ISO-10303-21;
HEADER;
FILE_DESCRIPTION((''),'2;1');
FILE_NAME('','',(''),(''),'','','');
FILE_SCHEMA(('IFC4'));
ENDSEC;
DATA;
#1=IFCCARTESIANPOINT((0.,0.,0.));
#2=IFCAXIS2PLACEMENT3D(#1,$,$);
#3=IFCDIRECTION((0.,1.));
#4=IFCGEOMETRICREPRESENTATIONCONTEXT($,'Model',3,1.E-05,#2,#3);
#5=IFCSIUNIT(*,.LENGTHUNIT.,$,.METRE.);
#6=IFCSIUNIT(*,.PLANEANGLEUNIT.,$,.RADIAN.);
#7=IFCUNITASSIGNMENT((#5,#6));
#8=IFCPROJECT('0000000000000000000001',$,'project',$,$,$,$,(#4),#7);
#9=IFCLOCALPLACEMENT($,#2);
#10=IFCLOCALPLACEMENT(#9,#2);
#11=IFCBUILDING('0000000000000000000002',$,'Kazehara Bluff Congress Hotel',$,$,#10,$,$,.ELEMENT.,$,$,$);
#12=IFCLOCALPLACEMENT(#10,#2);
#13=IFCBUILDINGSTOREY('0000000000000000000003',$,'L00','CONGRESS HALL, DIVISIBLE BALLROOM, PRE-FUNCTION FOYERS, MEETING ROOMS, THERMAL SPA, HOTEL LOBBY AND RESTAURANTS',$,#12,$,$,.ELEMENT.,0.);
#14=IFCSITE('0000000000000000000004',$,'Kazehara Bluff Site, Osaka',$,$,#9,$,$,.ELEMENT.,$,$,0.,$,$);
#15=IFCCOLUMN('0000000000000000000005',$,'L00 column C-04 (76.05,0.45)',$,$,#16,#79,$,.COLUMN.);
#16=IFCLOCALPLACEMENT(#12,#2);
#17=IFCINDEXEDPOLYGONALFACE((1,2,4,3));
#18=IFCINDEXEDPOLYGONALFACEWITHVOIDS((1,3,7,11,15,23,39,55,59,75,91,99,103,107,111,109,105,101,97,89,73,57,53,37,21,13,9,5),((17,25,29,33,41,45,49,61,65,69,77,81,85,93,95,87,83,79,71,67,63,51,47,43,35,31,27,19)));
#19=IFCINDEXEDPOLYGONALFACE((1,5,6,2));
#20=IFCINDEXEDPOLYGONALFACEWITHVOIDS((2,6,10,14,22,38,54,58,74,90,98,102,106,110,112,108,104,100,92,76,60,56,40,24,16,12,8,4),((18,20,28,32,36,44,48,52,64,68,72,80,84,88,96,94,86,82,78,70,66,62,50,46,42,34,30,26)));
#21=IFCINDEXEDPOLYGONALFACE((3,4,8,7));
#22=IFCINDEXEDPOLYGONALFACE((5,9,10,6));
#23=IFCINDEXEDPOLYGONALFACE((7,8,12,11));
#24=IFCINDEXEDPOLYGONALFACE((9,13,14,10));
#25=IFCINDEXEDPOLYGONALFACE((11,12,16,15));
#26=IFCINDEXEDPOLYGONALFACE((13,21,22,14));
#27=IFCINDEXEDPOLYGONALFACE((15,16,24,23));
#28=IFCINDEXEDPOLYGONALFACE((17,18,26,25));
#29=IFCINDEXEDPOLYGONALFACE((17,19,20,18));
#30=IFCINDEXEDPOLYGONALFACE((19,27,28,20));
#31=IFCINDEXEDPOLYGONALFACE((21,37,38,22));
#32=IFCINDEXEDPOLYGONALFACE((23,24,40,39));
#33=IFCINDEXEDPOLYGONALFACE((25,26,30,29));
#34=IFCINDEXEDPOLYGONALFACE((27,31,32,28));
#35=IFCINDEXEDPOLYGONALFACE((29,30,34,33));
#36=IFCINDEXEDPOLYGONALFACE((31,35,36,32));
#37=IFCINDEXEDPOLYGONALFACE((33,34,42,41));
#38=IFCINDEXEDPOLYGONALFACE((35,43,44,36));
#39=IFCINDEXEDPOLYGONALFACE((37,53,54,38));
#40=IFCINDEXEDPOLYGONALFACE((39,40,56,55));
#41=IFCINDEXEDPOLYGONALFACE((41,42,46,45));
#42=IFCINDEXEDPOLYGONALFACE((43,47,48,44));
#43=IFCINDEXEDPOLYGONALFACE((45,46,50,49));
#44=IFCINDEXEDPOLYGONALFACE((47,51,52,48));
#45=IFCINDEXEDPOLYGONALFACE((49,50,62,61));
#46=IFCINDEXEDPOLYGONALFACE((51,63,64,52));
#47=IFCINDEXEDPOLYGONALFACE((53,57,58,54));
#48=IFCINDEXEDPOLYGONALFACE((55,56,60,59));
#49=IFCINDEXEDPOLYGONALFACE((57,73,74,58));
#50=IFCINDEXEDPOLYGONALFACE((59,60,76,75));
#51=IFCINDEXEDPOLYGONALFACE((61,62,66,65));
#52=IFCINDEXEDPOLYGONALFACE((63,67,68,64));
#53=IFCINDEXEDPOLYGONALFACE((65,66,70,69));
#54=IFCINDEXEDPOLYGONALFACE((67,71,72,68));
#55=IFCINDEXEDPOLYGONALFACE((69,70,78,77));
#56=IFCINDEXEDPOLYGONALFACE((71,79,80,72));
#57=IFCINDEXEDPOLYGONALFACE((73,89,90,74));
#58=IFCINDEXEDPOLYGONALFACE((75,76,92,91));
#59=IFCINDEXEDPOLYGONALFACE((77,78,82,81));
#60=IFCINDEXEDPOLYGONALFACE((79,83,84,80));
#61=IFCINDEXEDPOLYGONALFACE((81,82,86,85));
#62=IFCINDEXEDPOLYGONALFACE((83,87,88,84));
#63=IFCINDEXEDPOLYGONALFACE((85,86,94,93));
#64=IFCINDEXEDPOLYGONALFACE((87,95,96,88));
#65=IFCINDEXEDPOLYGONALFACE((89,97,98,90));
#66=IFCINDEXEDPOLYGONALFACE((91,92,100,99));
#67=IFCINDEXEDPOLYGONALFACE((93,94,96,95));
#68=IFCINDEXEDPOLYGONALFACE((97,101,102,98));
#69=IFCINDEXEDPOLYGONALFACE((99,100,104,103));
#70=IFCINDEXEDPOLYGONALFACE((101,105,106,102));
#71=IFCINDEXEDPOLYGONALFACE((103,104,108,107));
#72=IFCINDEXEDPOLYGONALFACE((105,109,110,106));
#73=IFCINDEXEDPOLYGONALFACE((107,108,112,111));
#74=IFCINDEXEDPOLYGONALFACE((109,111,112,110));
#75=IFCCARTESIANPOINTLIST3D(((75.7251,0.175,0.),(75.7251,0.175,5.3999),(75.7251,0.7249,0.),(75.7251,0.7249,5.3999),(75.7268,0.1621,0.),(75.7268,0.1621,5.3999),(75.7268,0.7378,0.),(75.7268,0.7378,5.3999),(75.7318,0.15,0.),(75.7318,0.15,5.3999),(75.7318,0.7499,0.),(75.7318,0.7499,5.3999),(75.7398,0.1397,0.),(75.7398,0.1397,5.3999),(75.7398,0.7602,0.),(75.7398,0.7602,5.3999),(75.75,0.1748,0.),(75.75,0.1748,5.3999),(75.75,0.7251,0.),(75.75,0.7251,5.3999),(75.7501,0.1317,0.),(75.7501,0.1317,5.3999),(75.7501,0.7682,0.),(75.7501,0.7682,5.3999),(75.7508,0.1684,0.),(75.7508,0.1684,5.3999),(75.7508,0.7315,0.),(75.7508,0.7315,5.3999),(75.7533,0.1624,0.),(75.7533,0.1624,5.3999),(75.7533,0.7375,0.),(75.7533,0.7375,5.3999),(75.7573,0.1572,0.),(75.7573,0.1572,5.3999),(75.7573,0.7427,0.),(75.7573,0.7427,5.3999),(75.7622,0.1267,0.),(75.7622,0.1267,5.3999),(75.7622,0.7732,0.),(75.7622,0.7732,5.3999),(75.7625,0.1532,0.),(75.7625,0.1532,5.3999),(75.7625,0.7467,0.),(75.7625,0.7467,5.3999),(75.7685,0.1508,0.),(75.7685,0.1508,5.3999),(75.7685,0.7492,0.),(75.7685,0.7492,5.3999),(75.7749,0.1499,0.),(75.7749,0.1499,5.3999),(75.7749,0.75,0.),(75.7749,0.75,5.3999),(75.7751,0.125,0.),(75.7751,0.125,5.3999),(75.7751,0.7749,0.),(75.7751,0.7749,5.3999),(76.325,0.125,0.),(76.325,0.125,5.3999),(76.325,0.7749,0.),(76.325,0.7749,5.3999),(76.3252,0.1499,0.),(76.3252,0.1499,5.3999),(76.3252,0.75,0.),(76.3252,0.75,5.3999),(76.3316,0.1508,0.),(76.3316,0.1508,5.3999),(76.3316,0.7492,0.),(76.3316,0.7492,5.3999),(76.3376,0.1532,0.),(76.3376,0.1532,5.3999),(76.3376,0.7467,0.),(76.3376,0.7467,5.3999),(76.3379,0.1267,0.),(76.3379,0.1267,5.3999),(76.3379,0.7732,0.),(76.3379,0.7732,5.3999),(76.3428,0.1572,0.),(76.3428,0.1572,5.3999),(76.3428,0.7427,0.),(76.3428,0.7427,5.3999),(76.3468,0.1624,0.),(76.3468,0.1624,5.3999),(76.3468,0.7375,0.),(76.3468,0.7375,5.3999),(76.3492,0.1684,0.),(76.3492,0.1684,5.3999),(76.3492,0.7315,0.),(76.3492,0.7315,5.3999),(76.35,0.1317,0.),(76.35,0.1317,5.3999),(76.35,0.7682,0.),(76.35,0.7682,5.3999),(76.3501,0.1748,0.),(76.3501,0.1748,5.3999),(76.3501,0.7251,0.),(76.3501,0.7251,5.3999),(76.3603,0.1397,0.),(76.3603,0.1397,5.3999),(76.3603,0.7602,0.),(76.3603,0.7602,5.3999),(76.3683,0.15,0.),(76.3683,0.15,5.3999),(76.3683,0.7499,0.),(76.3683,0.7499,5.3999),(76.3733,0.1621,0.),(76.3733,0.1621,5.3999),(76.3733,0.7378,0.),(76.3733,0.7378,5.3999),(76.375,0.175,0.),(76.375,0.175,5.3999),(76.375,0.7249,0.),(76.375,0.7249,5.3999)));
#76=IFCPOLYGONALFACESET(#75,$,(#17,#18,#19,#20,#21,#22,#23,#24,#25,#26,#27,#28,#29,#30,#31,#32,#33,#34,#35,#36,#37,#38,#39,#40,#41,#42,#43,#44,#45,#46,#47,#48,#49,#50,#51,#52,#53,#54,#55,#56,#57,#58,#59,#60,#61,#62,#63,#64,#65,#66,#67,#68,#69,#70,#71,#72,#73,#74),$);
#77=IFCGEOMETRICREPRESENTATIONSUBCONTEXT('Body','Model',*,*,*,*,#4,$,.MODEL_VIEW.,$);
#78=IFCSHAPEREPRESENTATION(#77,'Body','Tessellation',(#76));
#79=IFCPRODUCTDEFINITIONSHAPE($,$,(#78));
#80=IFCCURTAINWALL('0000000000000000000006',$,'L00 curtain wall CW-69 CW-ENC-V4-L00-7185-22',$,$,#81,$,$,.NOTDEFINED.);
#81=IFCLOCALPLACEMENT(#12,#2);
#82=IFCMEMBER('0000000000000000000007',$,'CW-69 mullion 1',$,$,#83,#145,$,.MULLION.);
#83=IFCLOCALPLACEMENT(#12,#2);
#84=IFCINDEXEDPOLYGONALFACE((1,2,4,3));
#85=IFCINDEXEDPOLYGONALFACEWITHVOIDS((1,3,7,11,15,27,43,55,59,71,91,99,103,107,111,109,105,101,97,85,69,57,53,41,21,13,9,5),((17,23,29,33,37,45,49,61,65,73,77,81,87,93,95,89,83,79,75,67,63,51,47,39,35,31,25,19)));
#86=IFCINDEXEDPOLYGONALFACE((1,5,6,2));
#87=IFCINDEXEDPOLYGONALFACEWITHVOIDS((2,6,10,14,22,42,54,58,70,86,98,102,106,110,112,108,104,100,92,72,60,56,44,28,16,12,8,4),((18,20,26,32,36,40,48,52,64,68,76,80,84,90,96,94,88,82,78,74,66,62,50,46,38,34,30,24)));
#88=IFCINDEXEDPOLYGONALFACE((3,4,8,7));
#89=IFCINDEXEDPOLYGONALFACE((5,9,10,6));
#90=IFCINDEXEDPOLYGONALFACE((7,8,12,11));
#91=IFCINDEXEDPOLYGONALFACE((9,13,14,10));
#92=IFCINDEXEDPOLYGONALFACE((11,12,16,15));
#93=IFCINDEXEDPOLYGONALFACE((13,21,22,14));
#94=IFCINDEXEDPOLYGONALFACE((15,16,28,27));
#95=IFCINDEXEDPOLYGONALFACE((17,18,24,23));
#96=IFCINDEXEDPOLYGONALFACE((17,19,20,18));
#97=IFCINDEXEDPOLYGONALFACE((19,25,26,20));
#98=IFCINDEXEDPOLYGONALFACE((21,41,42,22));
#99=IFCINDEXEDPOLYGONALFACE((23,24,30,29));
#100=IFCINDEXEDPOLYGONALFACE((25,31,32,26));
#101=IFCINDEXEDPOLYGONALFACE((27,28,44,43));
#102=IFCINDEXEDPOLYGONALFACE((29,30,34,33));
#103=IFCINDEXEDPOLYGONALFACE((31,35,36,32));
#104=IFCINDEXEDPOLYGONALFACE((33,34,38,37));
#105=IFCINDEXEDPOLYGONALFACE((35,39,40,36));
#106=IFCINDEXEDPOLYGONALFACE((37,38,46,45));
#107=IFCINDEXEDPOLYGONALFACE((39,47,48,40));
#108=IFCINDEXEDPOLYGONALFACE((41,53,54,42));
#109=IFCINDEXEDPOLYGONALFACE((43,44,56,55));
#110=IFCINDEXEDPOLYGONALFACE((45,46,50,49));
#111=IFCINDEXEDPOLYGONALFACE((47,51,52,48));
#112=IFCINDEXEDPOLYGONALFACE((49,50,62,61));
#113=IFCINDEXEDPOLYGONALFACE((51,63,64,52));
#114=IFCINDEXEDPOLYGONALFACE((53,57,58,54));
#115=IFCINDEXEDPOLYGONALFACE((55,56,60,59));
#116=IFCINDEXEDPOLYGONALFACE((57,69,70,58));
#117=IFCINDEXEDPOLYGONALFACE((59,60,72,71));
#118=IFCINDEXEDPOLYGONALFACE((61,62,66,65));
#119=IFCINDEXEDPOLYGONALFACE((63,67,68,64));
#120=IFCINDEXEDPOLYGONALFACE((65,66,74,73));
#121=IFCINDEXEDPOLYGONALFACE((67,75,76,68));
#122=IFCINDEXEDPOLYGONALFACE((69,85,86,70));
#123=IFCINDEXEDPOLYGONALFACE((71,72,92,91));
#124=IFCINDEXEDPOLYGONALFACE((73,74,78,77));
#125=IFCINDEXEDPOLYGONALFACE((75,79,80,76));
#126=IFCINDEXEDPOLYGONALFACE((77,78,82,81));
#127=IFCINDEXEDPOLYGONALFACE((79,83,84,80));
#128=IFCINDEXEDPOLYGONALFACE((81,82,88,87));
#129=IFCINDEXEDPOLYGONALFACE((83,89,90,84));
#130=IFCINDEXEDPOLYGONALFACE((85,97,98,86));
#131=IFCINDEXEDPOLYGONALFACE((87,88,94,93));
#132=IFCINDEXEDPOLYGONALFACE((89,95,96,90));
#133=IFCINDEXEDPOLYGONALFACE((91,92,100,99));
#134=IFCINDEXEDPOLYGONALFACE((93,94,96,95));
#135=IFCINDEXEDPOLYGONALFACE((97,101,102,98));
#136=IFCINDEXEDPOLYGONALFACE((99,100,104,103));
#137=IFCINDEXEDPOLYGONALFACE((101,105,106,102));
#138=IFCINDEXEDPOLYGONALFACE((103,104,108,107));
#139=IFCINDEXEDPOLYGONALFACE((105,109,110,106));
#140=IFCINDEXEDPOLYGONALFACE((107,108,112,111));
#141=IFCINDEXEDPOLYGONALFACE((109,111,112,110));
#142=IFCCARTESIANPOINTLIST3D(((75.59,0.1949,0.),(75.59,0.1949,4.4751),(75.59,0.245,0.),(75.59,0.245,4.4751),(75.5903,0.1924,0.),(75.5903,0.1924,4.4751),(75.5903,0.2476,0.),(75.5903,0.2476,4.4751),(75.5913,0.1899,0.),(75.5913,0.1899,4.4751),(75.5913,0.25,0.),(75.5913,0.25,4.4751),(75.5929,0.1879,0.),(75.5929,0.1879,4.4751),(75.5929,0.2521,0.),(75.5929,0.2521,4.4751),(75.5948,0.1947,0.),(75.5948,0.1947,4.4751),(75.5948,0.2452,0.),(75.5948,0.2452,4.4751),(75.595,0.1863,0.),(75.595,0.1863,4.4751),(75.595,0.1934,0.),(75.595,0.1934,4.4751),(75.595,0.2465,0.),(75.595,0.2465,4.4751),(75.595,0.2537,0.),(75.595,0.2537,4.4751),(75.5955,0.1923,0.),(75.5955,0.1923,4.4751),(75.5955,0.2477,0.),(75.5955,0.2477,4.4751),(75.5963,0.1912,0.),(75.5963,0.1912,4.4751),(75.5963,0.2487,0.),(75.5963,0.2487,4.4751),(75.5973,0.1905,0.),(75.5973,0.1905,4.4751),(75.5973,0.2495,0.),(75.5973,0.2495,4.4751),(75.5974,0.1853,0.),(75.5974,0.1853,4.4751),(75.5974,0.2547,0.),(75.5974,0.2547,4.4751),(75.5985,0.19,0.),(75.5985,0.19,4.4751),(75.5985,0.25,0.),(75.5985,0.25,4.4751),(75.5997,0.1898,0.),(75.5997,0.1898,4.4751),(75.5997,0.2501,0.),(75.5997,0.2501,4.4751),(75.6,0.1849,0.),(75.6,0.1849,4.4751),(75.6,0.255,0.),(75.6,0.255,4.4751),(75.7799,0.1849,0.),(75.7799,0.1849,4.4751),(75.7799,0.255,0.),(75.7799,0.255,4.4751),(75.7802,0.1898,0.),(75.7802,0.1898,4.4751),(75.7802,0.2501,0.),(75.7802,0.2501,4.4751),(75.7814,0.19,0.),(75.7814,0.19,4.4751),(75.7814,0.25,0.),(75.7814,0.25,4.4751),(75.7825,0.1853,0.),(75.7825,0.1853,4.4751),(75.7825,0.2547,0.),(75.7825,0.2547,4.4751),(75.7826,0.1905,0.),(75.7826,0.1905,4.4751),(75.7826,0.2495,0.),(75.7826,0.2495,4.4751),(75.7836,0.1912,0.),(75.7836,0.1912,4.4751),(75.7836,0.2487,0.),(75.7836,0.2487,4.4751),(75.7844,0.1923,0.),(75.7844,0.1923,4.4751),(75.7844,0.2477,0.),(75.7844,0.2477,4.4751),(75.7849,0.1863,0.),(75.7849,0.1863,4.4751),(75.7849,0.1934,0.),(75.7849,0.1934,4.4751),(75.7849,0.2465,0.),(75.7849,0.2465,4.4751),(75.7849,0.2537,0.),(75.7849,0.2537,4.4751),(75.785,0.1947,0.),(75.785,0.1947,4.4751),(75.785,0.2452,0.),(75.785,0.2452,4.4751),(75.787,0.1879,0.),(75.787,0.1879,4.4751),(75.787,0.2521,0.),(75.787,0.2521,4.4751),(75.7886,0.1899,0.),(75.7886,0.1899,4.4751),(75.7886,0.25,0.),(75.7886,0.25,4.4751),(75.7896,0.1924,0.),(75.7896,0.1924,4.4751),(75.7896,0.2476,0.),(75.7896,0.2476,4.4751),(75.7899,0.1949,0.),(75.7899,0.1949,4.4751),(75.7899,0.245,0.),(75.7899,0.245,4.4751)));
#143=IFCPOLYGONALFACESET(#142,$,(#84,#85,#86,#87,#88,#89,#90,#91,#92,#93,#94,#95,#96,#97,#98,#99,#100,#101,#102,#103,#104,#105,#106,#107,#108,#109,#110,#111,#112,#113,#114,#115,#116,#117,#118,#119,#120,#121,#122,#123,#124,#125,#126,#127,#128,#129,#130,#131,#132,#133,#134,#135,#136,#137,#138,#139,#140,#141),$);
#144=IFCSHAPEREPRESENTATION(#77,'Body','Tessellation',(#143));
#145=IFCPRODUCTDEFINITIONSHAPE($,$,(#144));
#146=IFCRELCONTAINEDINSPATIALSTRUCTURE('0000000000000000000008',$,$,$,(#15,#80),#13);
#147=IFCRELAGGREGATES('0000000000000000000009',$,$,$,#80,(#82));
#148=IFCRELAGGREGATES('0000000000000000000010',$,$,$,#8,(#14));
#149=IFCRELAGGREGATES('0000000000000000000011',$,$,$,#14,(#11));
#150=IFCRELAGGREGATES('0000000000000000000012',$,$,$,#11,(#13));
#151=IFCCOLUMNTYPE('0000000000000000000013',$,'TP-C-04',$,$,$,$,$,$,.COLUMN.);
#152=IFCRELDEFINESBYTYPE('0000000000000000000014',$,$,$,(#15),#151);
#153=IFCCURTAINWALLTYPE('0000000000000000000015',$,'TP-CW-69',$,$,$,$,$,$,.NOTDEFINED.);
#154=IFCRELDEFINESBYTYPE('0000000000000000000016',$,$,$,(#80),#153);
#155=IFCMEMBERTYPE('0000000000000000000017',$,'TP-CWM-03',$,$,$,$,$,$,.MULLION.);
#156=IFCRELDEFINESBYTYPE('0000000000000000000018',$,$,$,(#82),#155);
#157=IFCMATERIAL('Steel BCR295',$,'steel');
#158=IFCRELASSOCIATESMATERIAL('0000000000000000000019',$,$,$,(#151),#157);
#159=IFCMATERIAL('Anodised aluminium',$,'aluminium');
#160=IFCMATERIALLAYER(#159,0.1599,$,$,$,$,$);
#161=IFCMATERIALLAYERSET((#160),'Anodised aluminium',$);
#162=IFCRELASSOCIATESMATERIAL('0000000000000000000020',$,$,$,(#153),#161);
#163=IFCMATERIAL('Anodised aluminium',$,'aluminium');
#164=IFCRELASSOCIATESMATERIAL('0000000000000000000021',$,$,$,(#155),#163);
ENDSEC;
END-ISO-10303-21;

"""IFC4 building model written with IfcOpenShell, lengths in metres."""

from ifc_helpers import new_model, si_unit, direction, frame, origin, origin_2d, place, context, subcontext, project, spatial, hollow_rectangle, extrude, material, layer, layer_set, material_profile, profile_set, type_object, element, aggregate, save


model = new_model("IFC4")

# Units and contexts
model_context = context("Model", 3, precision=1e-05, world=origin(), true_north=direction((0.0, 1.0)))
body_context = subcontext(model_context, "Body", "Model", "MODEL_VIEW")
ifc_project = project(units=[si_unit("LENGTHUNIT", "METRE"), si_unit("PLANEANGLEUNIT", "RADIAN")], contexts=[model_context])

# Site, building, storey
site_placement = place(None, origin())
site = spatial("IfcSite", under=ifc_project, at=site_placement, Name="Kazehara Bluff Site, Osaka", CompositionType="ELEMENT", RefElevation=0.0)
building_placement = place(site_placement, origin())
building = spatial("IfcBuilding", under=site, at=building_placement, Name="Kazehara Bluff Congress Hotel", CompositionType="ELEMENT")
storey_placement = place(building_placement, origin())
storey = spatial("IfcBuildingStorey", under=building, at=storey_placement, Name="L00", Description="CONGRESS HALL, DIVISIBLE BALLROOM, PRE-FUNCTION FOYERS, MEETING ROOMS, THERMAL SPA, HOTEL LOBBY AND RESTAURANTS", CompositionType="ELEMENT", Elevation=0.0)

# Column
ifc_material_1 = material(Name="Steel BCR295", Category="steel")
ifc_material_profile_1 = material_profile(ifc_material_1, hollow_rectangle(XDim=0.6499, YDim=0.6499, WallThickness=0.0249, InnerFilletRadius=0.0249, OuterFilletRadius=0.05, at=origin_2d()))
ifc_profile_set_1 = profile_set([ifc_material_profile_1], Name="Steel BCR295")
column_type = type_object("IfcColumnType", Name="TP-C-04", PredefinedType="COLUMN", material=ifc_profile_set_1)
column_placement = place(storey_placement, frame((76.05, 0.45, 0.0), z_axis=(0.0, 0.0, 1.0), x_axis=(1.0, 0.0, 0.0)))
element("IfcColumn", 1, at=column_placement, inside=storey, type_object=column_type, Name="L00 column C-04 (76.05,0.45)", PredefinedType="COLUMN", context=body_context, shape_type="SweptSolid", body=[
    extrude(hollow_rectangle(XDim=0.6499, YDim=0.6499, WallThickness=0.0249, InnerFilletRadius=0.0249, OuterFilletRadius=0.05, at=origin_2d()), origin(), (0.0, 0.0, 1.0), 5.3999),
])

# Curtain wall, member
ifc_material_2 = material(Name="Anodised aluminium", Category="aluminium")
ifc_layer_1 = layer(ifc_material_2, 0.1599)
ifc_layer_set_1 = layer_set([ifc_layer_1], Name="Anodised aluminium")
curtain_wall_type_1 = type_object("IfcCurtainWallType", Name="TP-CW-69", PredefinedType="NOTDEFINED", material=ifc_layer_set_1)
curtain_wall_1_placement = place(storey_placement, origin())
curtain_wall_1 = element("IfcCurtainWall", 2, at=curtain_wall_1_placement, inside=storey, type_object=curtain_wall_type_1, Name="L00 curtain wall CW-69 CW-ENC-V4-L00-7185-22", PredefinedType="NOTDEFINED")
ifc_material_3 = material(Name="Anodised aluminium", Category="aluminium")
ifc_material_profile_2 = material_profile(ifc_material_3, hollow_rectangle(XDim=0.0701, YDim=0.2, WallThickness=0.0049, InnerFilletRadius=0.0049, OuterFilletRadius=0.01, at=origin_2d()))
ifc_profile_set_2 = profile_set([ifc_material_profile_2], Name="Anodised aluminium")
member_type_1 = type_object("IfcMemberType", Name="TP-CWM-03", PredefinedType="MULLION", material=ifc_profile_set_2)
member_1_placement = place(storey_placement, frame((75.6899, 0.22, 0.0), z_axis=(0.0, 0.0, 1.0), x_axis=(0.0, -1.0, 0.0)))
member_1 = element("IfcMember", 3, at=member_1_placement, type_object=member_type_1, Name="CW-69 mullion 1", PredefinedType="MULLION", context=body_context, shape_type="SweptSolid", body=[
    extrude(hollow_rectangle(XDim=0.0701, YDim=0.2, WallThickness=0.0049, InnerFilletRadius=0.0049, OuterFilletRadius=0.01, at=origin_2d()), origin(), (0.0, 0.0, 1.0), 4.4751),
])

aggregate(curtain_wall_1, [member_1])

save(model, "model.ifc")
